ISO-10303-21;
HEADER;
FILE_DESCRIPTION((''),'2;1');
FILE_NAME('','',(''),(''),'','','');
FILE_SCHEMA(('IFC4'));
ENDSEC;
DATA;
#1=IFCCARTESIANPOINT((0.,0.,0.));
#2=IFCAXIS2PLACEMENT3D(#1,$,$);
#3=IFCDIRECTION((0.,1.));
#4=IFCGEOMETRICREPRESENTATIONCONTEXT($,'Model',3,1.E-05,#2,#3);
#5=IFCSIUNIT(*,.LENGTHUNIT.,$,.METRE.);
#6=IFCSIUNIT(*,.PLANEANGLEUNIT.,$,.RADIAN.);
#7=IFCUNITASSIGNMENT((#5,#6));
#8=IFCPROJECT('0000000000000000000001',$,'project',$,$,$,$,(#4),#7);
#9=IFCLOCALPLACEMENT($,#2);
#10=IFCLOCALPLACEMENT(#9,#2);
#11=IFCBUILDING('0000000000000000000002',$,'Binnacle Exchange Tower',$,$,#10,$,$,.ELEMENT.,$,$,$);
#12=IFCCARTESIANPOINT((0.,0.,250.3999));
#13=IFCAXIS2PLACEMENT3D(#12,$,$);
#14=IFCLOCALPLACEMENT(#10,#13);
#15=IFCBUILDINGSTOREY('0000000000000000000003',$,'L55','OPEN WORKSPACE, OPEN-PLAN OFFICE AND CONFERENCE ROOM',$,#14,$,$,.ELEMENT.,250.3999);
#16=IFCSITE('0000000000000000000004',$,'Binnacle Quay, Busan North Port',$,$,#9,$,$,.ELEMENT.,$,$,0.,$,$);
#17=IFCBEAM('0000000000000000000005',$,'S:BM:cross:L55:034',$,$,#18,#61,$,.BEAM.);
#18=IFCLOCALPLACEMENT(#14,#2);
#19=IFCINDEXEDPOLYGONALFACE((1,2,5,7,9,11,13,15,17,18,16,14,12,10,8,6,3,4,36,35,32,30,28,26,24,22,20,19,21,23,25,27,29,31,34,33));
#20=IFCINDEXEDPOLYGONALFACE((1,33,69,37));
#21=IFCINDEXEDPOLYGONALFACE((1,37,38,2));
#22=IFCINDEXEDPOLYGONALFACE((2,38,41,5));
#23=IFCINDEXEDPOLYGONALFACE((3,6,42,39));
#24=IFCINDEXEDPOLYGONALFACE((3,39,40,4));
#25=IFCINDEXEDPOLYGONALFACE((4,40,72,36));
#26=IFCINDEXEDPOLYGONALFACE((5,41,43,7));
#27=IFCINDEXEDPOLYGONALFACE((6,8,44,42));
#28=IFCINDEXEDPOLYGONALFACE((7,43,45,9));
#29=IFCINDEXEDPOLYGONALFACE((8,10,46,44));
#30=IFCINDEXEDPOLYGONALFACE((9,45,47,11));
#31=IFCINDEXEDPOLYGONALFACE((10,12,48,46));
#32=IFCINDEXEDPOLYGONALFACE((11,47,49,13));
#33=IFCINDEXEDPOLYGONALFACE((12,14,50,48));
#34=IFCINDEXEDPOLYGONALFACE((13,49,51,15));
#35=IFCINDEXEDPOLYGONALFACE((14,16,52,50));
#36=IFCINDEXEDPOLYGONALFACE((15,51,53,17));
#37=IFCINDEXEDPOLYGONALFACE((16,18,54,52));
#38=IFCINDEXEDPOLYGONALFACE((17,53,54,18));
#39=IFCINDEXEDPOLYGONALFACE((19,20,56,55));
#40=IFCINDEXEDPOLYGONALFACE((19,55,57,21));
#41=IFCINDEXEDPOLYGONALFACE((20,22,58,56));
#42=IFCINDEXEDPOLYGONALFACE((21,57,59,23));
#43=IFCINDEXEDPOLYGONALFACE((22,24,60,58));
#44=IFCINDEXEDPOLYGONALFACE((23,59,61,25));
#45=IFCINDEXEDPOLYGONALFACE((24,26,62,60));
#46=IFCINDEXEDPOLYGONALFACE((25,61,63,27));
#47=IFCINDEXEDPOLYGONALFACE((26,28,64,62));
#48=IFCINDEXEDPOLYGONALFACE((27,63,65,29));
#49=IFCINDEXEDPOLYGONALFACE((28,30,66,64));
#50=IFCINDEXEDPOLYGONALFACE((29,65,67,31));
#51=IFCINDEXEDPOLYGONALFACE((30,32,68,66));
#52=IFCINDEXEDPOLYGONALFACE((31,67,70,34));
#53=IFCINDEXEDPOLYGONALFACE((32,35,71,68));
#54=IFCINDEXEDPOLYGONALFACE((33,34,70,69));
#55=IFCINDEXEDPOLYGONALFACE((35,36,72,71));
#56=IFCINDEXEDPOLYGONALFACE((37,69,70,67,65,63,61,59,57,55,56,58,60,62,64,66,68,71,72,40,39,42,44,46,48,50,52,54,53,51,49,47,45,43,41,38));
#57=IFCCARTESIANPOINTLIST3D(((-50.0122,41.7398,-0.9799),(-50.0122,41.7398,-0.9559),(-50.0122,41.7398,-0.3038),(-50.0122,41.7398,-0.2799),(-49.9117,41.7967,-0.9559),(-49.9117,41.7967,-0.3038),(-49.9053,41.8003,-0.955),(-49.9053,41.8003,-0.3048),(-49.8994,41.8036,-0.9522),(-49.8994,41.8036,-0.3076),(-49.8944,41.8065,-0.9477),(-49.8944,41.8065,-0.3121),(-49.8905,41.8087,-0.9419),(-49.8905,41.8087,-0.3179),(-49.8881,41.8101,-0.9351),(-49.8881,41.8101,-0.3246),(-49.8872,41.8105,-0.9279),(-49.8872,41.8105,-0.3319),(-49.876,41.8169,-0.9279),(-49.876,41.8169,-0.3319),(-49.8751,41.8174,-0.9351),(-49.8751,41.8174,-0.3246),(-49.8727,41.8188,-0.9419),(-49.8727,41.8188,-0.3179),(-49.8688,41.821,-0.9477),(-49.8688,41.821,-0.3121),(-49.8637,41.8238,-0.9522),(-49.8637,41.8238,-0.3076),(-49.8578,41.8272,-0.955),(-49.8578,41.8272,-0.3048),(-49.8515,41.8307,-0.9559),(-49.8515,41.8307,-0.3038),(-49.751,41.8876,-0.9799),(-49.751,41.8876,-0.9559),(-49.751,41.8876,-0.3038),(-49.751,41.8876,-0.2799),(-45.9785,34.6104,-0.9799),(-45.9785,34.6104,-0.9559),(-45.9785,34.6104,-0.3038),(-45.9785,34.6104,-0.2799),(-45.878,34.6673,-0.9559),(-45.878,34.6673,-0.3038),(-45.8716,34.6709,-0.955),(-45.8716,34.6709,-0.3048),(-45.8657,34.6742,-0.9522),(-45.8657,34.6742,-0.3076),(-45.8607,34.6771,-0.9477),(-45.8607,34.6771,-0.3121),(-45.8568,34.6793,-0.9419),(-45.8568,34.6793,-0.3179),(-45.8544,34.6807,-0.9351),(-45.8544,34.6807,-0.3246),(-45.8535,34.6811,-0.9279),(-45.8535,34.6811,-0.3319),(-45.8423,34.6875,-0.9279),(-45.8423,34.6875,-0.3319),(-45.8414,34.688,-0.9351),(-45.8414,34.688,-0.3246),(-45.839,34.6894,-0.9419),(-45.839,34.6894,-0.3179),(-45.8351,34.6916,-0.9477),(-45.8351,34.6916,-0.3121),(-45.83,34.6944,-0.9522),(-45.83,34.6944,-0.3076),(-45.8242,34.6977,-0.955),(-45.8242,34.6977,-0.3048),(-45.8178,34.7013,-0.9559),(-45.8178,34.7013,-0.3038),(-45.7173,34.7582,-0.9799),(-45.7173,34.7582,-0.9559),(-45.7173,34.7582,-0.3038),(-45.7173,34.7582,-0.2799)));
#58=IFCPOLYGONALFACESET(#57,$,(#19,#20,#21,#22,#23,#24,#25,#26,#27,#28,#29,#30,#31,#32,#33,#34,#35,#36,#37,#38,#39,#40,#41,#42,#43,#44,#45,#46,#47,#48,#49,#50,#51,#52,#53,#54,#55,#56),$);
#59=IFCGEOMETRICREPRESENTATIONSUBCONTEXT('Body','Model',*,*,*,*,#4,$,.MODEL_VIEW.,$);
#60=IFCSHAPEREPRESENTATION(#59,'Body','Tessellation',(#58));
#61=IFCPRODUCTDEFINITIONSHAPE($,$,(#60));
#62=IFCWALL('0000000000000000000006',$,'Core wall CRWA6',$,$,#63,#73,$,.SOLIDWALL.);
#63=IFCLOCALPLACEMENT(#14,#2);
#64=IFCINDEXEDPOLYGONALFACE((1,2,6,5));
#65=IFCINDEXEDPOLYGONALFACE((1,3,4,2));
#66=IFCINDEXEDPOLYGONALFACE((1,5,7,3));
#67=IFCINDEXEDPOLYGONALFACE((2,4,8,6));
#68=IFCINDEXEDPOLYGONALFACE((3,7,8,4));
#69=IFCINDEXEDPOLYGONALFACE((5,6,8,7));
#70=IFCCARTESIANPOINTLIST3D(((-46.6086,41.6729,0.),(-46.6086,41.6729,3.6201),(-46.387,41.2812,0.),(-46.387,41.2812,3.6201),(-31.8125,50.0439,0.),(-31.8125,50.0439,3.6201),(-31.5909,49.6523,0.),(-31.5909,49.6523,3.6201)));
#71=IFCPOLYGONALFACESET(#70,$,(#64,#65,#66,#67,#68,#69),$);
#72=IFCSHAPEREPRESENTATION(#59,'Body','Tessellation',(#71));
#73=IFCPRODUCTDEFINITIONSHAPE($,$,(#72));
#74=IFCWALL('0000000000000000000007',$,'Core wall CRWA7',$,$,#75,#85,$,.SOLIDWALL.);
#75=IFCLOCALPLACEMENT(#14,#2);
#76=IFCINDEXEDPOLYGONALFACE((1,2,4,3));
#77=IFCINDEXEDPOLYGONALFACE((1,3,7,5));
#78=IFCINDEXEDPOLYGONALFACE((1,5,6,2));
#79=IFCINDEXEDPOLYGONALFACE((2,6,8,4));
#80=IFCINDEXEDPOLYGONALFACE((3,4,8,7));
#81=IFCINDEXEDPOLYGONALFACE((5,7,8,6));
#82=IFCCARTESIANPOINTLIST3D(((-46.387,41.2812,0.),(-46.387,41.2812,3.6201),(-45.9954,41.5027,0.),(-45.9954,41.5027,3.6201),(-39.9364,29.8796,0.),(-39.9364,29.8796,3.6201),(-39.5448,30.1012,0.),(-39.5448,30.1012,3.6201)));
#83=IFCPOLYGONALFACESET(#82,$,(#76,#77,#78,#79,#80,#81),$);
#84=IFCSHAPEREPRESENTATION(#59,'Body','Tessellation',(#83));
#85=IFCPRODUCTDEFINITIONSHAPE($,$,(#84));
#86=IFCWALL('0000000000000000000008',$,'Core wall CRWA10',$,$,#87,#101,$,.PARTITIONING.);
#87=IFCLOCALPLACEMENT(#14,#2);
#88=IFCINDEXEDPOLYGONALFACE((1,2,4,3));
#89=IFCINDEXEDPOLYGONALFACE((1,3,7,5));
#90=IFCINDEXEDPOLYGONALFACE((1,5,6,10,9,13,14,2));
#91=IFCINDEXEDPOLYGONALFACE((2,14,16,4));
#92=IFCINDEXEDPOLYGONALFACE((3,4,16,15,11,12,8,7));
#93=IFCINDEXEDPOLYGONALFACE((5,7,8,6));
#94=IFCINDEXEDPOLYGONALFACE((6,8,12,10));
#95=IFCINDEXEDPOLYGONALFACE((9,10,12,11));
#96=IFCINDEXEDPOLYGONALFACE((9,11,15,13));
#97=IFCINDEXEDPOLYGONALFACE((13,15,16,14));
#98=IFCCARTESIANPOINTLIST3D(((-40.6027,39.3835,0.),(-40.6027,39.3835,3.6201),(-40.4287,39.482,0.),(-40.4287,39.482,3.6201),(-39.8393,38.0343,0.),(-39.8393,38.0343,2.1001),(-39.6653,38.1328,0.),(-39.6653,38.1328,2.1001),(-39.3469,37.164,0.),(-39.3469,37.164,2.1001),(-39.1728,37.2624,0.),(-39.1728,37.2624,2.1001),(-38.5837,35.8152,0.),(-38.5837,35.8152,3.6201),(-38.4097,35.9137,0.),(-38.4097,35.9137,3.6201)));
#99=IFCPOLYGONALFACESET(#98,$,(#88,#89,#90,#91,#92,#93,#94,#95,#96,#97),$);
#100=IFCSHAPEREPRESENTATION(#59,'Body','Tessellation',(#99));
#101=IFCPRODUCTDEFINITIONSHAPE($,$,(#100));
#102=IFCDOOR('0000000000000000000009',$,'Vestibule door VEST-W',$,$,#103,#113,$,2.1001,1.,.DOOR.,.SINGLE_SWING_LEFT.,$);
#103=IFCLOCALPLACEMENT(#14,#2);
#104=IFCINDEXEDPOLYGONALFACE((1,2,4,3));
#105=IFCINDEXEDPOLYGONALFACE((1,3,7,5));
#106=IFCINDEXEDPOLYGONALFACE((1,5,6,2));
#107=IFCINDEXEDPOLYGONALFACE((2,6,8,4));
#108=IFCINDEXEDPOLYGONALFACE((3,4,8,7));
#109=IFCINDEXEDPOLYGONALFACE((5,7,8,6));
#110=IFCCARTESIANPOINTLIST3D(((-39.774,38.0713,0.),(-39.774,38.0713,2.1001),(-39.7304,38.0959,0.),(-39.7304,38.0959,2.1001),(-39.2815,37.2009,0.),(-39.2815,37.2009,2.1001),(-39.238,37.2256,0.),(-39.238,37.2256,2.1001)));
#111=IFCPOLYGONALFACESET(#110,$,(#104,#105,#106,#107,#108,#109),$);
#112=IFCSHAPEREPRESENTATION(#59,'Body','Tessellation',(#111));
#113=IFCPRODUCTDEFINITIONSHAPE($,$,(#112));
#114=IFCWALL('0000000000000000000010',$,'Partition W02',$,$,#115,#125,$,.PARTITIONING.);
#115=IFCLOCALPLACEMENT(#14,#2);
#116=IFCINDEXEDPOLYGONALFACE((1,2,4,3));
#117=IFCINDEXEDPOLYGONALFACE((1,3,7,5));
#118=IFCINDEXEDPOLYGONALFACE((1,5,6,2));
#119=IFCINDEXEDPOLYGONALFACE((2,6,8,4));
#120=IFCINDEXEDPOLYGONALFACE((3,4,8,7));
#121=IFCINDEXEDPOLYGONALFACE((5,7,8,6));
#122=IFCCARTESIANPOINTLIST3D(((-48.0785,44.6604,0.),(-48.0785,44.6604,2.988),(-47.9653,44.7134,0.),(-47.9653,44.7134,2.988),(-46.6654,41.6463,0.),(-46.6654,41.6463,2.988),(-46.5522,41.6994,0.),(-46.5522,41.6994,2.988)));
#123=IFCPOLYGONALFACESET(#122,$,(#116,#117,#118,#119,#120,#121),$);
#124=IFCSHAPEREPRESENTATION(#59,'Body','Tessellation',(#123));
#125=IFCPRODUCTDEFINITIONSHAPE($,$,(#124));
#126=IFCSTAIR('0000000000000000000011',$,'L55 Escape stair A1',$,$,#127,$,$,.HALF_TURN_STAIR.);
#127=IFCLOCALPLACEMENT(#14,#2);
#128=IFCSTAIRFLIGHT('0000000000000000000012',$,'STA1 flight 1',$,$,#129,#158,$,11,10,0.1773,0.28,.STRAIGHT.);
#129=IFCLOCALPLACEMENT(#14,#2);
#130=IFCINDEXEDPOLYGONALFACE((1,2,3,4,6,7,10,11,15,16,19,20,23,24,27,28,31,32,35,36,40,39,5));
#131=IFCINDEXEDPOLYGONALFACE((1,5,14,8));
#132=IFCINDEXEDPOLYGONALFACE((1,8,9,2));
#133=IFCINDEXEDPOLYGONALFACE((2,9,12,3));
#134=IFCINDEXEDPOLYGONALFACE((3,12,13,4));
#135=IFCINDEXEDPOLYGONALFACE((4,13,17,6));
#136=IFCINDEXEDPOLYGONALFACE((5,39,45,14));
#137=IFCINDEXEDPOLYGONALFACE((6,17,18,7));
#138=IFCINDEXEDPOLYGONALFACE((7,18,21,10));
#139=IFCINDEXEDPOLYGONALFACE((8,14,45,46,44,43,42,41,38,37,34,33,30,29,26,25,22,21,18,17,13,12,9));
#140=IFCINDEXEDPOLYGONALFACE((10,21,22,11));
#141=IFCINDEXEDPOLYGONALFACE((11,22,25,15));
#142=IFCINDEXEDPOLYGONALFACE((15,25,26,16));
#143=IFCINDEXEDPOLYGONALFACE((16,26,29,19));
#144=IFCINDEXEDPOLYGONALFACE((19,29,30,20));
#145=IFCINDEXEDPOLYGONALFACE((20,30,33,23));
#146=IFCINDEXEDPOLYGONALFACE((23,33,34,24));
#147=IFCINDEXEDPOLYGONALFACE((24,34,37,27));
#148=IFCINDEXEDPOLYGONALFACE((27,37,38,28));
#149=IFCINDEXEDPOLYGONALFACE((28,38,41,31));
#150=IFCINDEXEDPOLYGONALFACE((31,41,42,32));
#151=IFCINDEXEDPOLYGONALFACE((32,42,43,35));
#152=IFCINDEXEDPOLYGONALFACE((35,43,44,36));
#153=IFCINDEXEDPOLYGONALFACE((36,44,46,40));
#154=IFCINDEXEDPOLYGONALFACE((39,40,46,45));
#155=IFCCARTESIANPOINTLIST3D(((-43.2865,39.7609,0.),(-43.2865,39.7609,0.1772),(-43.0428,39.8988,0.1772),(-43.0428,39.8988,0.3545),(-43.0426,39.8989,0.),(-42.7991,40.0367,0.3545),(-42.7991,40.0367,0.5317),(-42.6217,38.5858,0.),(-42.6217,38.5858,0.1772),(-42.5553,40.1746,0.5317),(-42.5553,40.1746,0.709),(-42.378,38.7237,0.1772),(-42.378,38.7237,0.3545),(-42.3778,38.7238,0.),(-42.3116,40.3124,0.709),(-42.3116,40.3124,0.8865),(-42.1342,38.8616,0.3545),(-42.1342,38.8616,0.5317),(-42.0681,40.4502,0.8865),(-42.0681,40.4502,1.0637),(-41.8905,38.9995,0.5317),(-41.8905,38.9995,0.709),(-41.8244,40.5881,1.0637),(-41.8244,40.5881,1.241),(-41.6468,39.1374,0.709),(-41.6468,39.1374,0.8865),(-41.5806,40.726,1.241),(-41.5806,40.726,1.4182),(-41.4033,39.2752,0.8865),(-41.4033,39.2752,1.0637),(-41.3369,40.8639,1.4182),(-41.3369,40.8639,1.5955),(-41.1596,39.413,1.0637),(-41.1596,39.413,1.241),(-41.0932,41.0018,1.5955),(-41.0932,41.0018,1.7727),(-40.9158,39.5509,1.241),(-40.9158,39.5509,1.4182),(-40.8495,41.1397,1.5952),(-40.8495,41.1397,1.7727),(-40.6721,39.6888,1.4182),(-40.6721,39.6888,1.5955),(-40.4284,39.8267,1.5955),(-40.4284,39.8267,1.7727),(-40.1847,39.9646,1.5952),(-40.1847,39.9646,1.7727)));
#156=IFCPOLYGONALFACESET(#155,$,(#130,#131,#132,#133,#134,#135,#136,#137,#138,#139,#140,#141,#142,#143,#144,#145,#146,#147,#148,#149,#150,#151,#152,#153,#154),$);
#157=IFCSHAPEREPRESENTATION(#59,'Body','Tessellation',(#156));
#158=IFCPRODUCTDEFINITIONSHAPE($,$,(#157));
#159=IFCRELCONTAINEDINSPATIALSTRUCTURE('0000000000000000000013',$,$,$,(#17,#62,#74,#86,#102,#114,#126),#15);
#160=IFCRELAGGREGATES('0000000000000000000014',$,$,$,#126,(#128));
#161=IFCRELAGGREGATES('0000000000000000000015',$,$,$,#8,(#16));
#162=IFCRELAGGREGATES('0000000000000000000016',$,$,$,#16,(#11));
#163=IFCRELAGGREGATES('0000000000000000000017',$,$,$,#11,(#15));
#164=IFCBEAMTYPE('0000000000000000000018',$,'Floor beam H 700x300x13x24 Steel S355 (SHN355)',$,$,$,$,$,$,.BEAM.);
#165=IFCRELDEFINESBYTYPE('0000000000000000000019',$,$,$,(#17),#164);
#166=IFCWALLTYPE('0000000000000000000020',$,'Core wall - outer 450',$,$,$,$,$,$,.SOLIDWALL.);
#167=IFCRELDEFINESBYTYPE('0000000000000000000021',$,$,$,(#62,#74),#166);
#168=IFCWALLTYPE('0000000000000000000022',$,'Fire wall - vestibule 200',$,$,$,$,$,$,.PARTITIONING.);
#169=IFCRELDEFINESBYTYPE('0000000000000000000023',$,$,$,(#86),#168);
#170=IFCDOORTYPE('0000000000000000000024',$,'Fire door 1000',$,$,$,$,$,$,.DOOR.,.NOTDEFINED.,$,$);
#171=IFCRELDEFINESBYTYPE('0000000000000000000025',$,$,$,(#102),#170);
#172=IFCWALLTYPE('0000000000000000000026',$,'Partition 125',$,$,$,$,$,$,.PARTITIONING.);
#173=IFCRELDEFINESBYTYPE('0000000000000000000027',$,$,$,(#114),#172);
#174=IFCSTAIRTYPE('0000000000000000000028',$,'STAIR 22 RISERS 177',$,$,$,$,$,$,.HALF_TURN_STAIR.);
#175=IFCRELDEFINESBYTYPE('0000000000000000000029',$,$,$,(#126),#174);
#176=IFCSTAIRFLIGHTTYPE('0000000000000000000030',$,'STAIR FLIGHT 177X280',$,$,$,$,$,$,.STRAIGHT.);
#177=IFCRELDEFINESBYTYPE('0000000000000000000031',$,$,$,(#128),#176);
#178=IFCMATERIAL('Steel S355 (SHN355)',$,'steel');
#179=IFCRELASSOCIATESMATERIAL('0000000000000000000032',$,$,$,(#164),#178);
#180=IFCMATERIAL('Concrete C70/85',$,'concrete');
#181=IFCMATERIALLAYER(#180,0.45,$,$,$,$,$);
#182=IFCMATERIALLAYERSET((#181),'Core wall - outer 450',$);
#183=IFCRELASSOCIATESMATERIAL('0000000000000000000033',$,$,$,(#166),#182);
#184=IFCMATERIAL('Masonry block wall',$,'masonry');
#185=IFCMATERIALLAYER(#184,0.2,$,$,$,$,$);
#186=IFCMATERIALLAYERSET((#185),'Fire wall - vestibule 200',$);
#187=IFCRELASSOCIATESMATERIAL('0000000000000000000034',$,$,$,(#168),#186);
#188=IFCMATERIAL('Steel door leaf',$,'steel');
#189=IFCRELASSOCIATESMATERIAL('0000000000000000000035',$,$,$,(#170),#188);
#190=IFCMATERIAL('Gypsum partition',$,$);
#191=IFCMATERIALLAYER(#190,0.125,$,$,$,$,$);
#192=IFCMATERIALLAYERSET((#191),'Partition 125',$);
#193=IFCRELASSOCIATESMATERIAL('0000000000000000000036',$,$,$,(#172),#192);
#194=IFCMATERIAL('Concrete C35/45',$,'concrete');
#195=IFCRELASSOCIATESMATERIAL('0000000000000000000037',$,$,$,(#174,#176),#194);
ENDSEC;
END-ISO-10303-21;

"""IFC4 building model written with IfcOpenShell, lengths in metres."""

from ifc_helpers import new_model, si_unit, direction, frame, frame_2d, origin, origin_2d, place, context, subcontext, project, spatial, polyline, rectangle, i_section, outline, extrude, material, layer, layer_set, material_profile, profile_set, type_object, element, fill, aggregate, save


model = new_model("IFC4")

# Units and contexts
model_context = context("Model", 3, precision=1e-05, world=origin(), true_north=direction((0.0, 1.0)))
body_context = subcontext(model_context, "Body", "Model", "MODEL_VIEW")
ifc_project = project(units=[si_unit("LENGTHUNIT", "METRE"), si_unit("PLANEANGLEUNIT", "RADIAN")], contexts=[model_context])

# Site, building, storey
site_placement = place(None, origin())
site = spatial("IfcSite", under=ifc_project, at=site_placement, Name="Binnacle Quay, Busan North Port", CompositionType="ELEMENT", RefElevation=0.0)
building_placement = place(site_placement, origin())
building = spatial("IfcBuilding", under=site, at=building_placement, Name="Binnacle Exchange Tower", CompositionType="ELEMENT")
storey_placement = place(building_placement, frame((0.0, 0.0, 250.3999)))
storey = spatial("IfcBuildingStorey", under=building, at=storey_placement, Name="L55", Description="OPEN WORKSPACE, OPEN-PLAN OFFICE AND CONFERENCE ROOM", CompositionType="ELEMENT", Elevation=250.3999)

# Beam
ifc_material_1 = material(Name="Steel S355 (SHN355)", Category="steel")
ifc_material_profile_1 = material_profile(ifc_material_1, i_section(OverallWidth=0.3, OverallDepth=0.7, WebThickness=0.0129, FlangeThickness=0.0239, FilletRadius=0.0281, at=origin_2d()), Name="H 700x300x13x24")
ifc_profile_set_1 = profile_set([ifc_material_profile_1], Name="Steel S355 (SHN355)")
beam_type_1 = type_object("IfcBeamType", Name="Floor beam H 700x300x13x24 Steel S355 (SHN355)", PredefinedType="BEAM", material=ifc_profile_set_1)
beam_1_placement = place(storey_placement, frame((-49.8816, 41.8137, -0.6299), z_axis=(0.49243, -0.870352, 0.0), x_axis=(0.870352, 0.49243, 0.0)))
element("IfcBeam", 1, at=beam_1_placement, inside=storey, type_object=beam_type_1, Name="S:BM:cross:L55:034", PredefinedType="BEAM", context=body_context, shape_type="SweptSolid", body=[
    extrude(i_section(OverallWidth=0.3, OverallDepth=0.7, WebThickness=0.0129, FlangeThickness=0.0239, FilletRadius=0.0281, at=origin_2d()), origin(), (0.0, 0.0, 1.0), 8.1914),
])

# Walls
ifc_material_2 = material(Name="Concrete C70/85", Category="concrete")
ifc_layer_1 = layer(ifc_material_2, 0.45)
ifc_layer_set_1 = layer_set([ifc_layer_1], Name="Core wall - outer 450")
wall_type_1 = type_object("IfcWallType", Name="Core wall - outer 450", PredefinedType="SOLIDWALL", material=ifc_layer_set_1)
wall_1_placement = place(storey_placement, frame((-46.4978, 41.4771, 0.0), z_axis=(0.0, 0.0, 1.0), x_axis=(0.87036, 0.492416, 0.0)))
element("IfcWall", 2, at=wall_1_placement, inside=storey, type_object=wall_type_1, Name="Core wall CRWA6", PredefinedType="SOLIDWALL", context=body_context, shape_type="SweptSolid", body=[
    extrude(rectangle(XDim=17.0, YDim=0.45, at=frame_2d((8.5, 0.0))), origin(), (0.0, 0.0, 1.0), 3.6201),
])
wall_2_placement = place(storey_placement, frame((-46.1912, 41.3918, 0.0), z_axis=(0.0, 0.0, 1.0), x_axis=(0.492421, -0.870357, 0.0)))
element("IfcWall", 3, at=wall_2_placement, inside=storey, type_object=wall_type_1, Name="Core wall CRWA7", PredefinedType="SOLIDWALL", context=body_context, shape_type="SweptSolid", body=[
    extrude(rectangle(XDim=13.0999, YDim=0.45, at=frame_2d((6.5498, 0.0))), origin(), (0.0, 0.0, 1.0), 3.6201),
])

# Wall, opening, door
ifc_material_3 = material(Name="Masonry block wall", Category="masonry")
ifc_layer_2 = layer(ifc_material_3, 0.2)
ifc_layer_set_2 = layer_set([ifc_layer_2], Name="Fire wall - vestibule 200")
wall_type_2 = type_object("IfcWallType", Name="Fire wall - vestibule 200", PredefinedType="PARTITIONING", material=ifc_layer_set_2)
wall_3_placement = place(storey_placement, frame((-40.5156, 39.4326, 0.0), z_axis=(0.0, 0.0, 1.0), x_axis=(0.492454, -0.870339, 0.0)))
wall_3 = element("IfcWall", 4, at=wall_3_placement, inside=storey, type_object=wall_type_2, Name="Core wall CRWA10", PredefinedType="PARTITIONING", context=body_context, shape_type="SweptSolid", body=[
    extrude(rectangle(XDim=4.0999, YDim=0.2, at=frame_2d((2.0498, 0.0))), origin(), (0.0, 0.0, 1.0), 3.6201),
])
opening_placement = place(wall_3_placement, frame((1.55, 0.0, 0.0)))
opening = element("IfcOpeningElement", 5, at=opening_placement, cuts=wall_3, PredefinedType="OPENING", context=body_context, shape_type="SweptSolid", body=[
    extrude(rectangle(XDim=1.0, YDim=2.1001, at=frame_2d((0.5, 1.05))), frame((0.0, 0.1099, 0.0), z_axis=(0.0, -1.0, 0.0), x_axis=(1.0, 0.0, 0.0)), (0.0, 0.0, 1.0), 0.22),
])
ifc_material_4 = material(Name="Steel door leaf", Category="steel")
door_type = type_object("IfcDoorType", Name="Fire door 1000", OperationType="NOTDEFINED", PredefinedType="DOOR", material=ifc_material_4)
door_placement = place(opening_placement, frame((1.0, 0.0, 0.0), z_axis=(0.0, 0.0, 1.0), x_axis=(-1.0, 0.0, 0.0)))
door = element("IfcDoor", 6, at=door_placement, inside=storey, type_object=door_type, Name="Vestibule door VEST-W", OperationType="SINGLE_SWING_LEFT", OverallHeight=2.1001, OverallWidth=1.0, PredefinedType="DOOR", context=body_context, shape_type="SweptSolid", body=[
    extrude(rectangle(XDim=1.0, YDim=2.1001, at=frame_2d((0.5, 1.05))), frame((0.0, 0.0249, 0.0), z_axis=(0.0, -1.0, 0.0), x_axis=(1.0, 0.0, 0.0)), (0.0, 0.0, 1.0), 0.05),
])
fill(opening, door)

# Wall
ifc_material_5 = material(Name="Gypsum partition")
ifc_layer_3 = layer(ifc_material_5, 0.125)
ifc_layer_set_3 = layer_set([ifc_layer_3], Name="Partition 125")
wall_type_3 = type_object("IfcWallType", Name="Partition 125", PredefinedType="PARTITIONING", material=ifc_layer_set_3)
wall_4_placement = place(storey_placement, frame((-48.022, 44.687, 0.0), z_axis=(0.0, 0.0, 1.0), x_axis=(0.424511, -0.905423, 0.0)))
element("IfcWall", 7, at=wall_4_placement, inside=storey, type_object=wall_type_3, Name="Partition W02", PredefinedType="PARTITIONING", context=body_context, shape_type="SweptSolid", body=[
    extrude(rectangle(XDim=3.3289, YDim=0.125, at=frame_2d((1.6646, 0.0))), origin(), (0.0, 0.0, 1.0), 2.988),
])

# Stair, stair flight
ifc_material_6 = material(Name="Concrete C35/45", Category="concrete")
stair_type = type_object("IfcStairType", Name="STAIR 22 RISERS 177", PredefinedType="HALF_TURN_STAIR", material=ifc_material_6)
stair_placement = place(storey_placement, origin())
stair = element("IfcStair", 8, at=stair_placement, inside=storey, type_object=stair_type, Name="L55 Escape stair A1", PredefinedType="HALF_TURN_STAIR")
stair_flight_type = type_object("IfcStairFlightType", Name="STAIR FLIGHT 177X280", PredefinedType="STRAIGHT", material=ifc_material_6)
stair_flight_1_placement = place(storey_placement, frame((-42.9541, 39.1733, 0.0), z_axis=(0.0, 0.0, 1.0), x_axis=(0.870356, 0.492424, 0.0)))
stair_flight_1 = element("IfcStairFlight", 9, at=stair_flight_1_placement, type_object=stair_flight_type, Name="STA1 flight 1", NumberOfRisers=11, NumberOfTreads=10, PredefinedType="STRAIGHT", RiserHeight=0.1773, TreadLength=0.28, context=body_context, shape_type="SweptSolid", body=[
    extrude(outline(polyline([(0.0, 0.0), (0.0, 0.1772), (0.28, 0.1772), (0.28, 0.3545), (0.5601, 0.3545), (0.5601, 0.5317), (0.8401, 0.5317), (0.8401, 0.709), (1.1201, 0.709), (1.1201, 0.8865), (1.3999, 0.8865), (1.3999, 1.0637), (1.6799, 1.0637), (1.6799, 1.241), (1.96, 1.241), (1.96, 1.4182), (2.24, 1.4182), (2.24, 1.5955), (2.52, 1.5955), (2.52, 1.7727), (2.8, 1.7727), (2.8, 1.95), (2.8, 1.5952), (0.2803, 0.0), (0.0, 0.0)])), frame((0.0, 0.675, 0.0), z_axis=(0.0, -1.0, 0.0), x_axis=(1.0, 0.0, 0.0)), (0.0, 0.0, 1.0), 1.3501),
])
aggregate(stair, [stair_flight_1])

save(model, "model.ifc")
